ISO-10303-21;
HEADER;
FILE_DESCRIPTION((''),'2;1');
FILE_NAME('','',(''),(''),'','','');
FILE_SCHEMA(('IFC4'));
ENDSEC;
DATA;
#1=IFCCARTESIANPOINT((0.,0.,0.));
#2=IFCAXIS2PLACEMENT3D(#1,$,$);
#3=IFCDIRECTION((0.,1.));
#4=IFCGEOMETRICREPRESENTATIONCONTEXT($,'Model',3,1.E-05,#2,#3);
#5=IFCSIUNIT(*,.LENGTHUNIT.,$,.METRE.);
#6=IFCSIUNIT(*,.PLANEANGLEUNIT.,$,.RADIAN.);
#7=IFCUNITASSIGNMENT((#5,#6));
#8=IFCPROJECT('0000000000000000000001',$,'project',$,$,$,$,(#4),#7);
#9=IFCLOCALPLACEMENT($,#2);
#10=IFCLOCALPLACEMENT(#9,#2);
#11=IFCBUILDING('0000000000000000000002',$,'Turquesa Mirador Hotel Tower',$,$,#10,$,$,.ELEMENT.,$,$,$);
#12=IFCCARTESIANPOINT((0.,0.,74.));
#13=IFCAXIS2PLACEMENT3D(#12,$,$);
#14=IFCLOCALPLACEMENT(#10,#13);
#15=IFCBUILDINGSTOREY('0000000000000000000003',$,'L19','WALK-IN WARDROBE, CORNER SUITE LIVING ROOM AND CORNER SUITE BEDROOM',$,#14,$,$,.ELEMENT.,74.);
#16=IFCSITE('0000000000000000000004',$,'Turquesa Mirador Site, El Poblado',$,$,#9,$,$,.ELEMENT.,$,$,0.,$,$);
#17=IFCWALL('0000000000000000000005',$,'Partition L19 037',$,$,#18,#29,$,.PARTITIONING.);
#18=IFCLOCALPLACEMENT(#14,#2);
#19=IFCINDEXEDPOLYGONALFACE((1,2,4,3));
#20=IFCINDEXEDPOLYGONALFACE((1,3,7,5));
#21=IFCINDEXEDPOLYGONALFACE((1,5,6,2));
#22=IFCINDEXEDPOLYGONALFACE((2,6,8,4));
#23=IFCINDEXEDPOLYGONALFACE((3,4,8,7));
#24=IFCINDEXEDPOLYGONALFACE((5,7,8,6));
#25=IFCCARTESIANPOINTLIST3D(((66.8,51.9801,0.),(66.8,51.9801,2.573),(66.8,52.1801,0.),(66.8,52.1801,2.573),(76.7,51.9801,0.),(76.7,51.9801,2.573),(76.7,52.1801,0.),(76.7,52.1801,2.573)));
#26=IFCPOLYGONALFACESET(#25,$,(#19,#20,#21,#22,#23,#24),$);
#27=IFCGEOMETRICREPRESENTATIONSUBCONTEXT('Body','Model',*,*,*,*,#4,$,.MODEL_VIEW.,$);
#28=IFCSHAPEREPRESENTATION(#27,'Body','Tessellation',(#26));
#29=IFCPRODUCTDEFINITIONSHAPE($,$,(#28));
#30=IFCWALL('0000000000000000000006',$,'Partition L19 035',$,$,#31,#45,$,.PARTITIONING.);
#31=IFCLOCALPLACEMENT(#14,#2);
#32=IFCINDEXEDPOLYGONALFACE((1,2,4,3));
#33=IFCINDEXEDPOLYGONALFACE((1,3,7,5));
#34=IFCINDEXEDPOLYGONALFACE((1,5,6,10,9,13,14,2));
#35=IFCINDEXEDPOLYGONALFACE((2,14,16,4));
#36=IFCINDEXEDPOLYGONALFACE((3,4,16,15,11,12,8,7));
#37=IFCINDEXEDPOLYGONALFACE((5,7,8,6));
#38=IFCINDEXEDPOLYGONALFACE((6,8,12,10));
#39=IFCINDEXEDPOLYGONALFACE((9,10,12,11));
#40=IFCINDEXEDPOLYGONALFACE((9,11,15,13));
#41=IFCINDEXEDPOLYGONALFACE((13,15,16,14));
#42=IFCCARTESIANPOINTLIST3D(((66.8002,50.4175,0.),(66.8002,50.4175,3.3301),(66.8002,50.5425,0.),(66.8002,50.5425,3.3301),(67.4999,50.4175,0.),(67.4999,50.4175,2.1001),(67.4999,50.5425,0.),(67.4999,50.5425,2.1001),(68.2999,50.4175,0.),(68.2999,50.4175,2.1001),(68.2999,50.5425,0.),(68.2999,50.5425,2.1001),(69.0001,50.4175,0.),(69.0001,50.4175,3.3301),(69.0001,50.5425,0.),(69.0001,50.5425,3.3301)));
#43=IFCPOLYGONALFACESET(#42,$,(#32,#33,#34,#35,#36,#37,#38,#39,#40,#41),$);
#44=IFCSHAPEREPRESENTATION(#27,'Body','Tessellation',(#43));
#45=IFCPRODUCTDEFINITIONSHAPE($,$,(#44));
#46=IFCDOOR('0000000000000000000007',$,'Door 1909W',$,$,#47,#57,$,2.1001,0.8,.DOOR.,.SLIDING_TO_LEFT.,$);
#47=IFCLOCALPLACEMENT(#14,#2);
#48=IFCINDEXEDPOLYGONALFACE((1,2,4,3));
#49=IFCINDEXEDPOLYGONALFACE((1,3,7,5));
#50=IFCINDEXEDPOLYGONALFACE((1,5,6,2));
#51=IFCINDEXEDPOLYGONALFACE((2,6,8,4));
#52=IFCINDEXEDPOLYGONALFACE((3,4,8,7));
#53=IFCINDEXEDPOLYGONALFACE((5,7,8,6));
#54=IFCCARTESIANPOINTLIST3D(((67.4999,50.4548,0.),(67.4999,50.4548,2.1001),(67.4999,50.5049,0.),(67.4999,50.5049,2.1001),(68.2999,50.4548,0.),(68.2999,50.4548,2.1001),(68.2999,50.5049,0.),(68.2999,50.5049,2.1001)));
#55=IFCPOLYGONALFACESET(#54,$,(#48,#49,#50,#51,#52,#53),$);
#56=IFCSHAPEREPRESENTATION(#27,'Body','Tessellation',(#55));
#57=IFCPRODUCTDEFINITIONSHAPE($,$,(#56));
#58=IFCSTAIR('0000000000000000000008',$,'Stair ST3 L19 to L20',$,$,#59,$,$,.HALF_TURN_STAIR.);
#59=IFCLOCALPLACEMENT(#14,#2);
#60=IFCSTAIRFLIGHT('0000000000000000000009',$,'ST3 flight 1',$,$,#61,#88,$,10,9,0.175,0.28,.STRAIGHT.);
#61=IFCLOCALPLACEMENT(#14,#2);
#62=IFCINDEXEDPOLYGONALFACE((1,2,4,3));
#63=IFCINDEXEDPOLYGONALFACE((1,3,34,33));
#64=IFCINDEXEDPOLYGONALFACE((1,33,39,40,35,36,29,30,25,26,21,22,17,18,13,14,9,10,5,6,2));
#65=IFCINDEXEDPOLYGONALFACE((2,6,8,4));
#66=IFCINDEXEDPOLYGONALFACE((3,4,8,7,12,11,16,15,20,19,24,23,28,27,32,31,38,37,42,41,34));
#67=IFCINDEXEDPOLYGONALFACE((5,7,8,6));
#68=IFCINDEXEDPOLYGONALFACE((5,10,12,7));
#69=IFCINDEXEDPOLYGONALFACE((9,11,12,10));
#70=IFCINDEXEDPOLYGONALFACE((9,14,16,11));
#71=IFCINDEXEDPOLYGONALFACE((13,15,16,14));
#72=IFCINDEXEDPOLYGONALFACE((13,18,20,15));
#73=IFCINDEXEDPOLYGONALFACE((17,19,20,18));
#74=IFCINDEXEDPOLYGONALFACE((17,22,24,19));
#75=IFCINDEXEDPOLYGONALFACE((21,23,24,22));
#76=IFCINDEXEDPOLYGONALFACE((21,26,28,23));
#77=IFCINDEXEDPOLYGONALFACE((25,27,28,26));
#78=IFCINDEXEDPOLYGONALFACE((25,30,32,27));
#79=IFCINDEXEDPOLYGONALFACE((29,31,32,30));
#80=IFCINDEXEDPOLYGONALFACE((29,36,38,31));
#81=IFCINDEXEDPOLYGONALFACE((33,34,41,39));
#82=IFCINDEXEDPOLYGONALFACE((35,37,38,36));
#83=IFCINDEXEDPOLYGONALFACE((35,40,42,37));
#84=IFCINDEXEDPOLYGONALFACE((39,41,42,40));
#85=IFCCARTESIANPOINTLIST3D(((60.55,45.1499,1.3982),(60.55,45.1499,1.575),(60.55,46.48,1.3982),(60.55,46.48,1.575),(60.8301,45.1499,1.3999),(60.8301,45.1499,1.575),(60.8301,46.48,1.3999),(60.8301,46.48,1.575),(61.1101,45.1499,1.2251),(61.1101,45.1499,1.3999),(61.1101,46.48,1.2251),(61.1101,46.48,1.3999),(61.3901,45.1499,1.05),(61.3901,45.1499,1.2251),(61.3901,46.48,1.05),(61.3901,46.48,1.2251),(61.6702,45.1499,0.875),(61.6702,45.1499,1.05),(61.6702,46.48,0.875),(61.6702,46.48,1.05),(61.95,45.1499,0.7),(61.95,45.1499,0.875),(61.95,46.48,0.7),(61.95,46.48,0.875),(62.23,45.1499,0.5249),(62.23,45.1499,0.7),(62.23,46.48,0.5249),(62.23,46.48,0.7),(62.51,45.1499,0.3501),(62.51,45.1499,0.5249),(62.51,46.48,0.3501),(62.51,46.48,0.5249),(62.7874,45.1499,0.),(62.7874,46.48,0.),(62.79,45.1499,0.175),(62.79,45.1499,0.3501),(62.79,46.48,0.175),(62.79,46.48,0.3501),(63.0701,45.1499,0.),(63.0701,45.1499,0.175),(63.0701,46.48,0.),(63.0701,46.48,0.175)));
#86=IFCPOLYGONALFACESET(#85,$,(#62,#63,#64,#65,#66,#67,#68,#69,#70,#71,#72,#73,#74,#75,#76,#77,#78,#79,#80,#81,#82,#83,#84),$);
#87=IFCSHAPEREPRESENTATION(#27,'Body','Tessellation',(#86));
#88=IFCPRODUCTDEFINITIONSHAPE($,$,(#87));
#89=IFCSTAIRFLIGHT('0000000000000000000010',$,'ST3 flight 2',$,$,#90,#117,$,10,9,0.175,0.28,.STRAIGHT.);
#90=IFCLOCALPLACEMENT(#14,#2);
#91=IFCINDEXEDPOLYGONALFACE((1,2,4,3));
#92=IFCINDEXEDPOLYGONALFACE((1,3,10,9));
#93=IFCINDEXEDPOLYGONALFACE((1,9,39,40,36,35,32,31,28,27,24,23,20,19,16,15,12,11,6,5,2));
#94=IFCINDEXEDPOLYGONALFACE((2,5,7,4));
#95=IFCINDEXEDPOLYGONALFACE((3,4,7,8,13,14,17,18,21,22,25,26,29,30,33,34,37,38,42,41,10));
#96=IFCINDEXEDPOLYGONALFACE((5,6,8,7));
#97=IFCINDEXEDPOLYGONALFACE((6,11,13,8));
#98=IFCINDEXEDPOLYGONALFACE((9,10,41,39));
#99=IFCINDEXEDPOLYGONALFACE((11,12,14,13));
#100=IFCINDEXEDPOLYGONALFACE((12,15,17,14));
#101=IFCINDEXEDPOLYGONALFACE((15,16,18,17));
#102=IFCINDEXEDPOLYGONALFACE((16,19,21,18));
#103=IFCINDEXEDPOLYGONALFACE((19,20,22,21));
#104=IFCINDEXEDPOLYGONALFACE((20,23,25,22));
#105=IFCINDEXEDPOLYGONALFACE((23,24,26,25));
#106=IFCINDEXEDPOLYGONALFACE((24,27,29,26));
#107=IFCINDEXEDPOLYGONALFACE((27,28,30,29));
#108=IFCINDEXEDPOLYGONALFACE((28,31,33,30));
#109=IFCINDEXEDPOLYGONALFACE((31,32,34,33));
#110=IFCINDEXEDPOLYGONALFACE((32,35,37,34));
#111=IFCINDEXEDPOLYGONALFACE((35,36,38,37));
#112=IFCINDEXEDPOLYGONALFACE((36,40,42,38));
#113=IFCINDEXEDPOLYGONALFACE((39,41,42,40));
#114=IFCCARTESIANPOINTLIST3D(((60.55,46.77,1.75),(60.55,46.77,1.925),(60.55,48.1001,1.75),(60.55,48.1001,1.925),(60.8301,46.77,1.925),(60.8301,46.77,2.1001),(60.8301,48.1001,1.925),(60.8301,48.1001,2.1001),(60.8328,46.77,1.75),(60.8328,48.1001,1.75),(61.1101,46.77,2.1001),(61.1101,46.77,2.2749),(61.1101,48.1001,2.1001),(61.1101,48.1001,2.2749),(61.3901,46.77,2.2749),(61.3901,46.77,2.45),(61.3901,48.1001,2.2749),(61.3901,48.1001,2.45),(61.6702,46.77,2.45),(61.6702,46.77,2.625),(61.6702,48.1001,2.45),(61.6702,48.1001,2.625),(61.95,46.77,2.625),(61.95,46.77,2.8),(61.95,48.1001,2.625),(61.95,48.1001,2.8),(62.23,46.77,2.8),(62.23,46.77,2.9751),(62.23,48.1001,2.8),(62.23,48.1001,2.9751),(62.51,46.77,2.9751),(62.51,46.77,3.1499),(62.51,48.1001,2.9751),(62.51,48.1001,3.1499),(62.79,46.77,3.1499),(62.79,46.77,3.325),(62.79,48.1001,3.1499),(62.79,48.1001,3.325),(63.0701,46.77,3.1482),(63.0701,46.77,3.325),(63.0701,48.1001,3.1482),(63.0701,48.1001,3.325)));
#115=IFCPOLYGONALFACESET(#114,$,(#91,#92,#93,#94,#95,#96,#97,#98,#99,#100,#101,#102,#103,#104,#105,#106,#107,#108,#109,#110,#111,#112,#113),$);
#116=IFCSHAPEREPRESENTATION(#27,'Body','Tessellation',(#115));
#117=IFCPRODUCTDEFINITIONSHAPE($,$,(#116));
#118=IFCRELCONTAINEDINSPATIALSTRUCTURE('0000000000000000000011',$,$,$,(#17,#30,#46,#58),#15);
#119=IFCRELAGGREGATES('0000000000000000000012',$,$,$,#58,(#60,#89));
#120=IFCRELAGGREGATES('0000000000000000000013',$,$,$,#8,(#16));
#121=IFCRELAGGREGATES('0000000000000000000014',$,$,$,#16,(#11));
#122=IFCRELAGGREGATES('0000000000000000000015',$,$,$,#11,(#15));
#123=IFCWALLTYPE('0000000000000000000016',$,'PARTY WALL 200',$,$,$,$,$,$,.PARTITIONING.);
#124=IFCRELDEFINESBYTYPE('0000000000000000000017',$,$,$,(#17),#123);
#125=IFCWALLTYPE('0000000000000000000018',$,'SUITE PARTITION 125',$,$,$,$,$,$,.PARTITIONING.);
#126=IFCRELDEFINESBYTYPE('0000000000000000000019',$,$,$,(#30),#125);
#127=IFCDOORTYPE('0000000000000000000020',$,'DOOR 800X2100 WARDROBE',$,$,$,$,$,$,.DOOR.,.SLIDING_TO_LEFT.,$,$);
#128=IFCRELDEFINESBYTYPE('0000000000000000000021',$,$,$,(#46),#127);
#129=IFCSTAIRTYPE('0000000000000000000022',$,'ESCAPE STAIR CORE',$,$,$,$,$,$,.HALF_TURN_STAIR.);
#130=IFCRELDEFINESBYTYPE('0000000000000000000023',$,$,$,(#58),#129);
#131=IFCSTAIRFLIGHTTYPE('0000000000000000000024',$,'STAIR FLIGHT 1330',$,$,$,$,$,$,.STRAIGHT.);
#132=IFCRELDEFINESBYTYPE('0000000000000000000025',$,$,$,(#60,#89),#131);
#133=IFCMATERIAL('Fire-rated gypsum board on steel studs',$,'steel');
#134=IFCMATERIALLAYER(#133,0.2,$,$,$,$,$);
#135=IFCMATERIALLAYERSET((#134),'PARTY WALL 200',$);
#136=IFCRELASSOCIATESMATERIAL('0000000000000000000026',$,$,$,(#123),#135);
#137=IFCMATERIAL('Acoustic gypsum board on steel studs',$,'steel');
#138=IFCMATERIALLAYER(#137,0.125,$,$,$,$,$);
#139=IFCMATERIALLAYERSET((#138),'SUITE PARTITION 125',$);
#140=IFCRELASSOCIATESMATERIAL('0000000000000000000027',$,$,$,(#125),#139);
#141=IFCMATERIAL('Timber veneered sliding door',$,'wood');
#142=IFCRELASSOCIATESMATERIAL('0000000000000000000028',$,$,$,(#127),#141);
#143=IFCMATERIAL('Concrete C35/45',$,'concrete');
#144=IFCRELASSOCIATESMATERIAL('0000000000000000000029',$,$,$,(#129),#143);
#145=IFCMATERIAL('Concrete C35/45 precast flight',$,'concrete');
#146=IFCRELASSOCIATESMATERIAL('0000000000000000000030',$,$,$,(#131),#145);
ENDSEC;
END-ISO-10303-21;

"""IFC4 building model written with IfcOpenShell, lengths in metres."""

from ifc_helpers import new_model, si_unit, direction, frame, frame_2d, origin, place, context, subcontext, project, spatial, polyline, rectangle, outline, extrude, material, layer, layer_set, type_object, element, fill, aggregate, save


model = new_model("IFC4")

# Units and contexts
model_context = context("Model", 3, precision=1e-05, world=origin(), true_north=direction((0.0, 1.0)))
body_context = subcontext(model_context, "Body", "Model", "MODEL_VIEW")
ifc_project = project(units=[si_unit("LENGTHUNIT", "METRE"), si_unit("PLANEANGLEUNIT", "RADIAN")], contexts=[model_context])

# Site, building, storey
site_placement = place(None, origin())
site = spatial("IfcSite", under=ifc_project, at=site_placement, Name="Turquesa Mirador Site, El Poblado", CompositionType="ELEMENT", RefElevation=0.0)
building_placement = place(site_placement, origin())
building = spatial("IfcBuilding", under=site, at=building_placement, Name="Turquesa Mirador Hotel Tower", CompositionType="ELEMENT")
storey_placement = place(building_placement, frame((0.0, 0.0, 74.0)))
storey = spatial("IfcBuildingStorey", under=building, at=storey_placement, Name="L19", Description="WALK-IN WARDROBE, CORNER SUITE LIVING ROOM AND CORNER SUITE BEDROOM", CompositionType="ELEMENT", Elevation=74.0)

# Wall
ifc_material_1 = material(Name="Fire-rated gypsum board on steel studs", Category="steel")
ifc_layer_1 = layer(ifc_material_1, 0.2)
ifc_layer_set_1 = layer_set([ifc_layer_1], Name="PARTY WALL 200")
wall_type_1 = type_object("IfcWallType", Name="PARTY WALL 200", PredefinedType="PARTITIONING", material=ifc_layer_set_1)
wall_1_placement = place(storey_placement, frame((66.8, 52.0801, 0.0), z_axis=(0.0, 0.0, 1.0), x_axis=(1.0, 0.0, 0.0)))
element("IfcWall", 1, at=wall_1_placement, inside=storey, type_object=wall_type_1, Name="Partition L19 037", PredefinedType="PARTITIONING", context=body_context, shape_type="SweptSolid", body=[
    extrude(rectangle(XDim=9.8999, YDim=0.2, at=frame_2d((4.95, 0.0))), origin(), (0.0, 0.0, 1.0), 2.573),
])

# Wall, opening, door
ifc_material_2 = material(Name="Acoustic gypsum board on steel studs", Category="steel")
ifc_layer_2 = layer(ifc_material_2, 0.125)
ifc_layer_set_2 = layer_set([ifc_layer_2], Name="SUITE PARTITION 125")
wall_type_2 = type_object("IfcWallType", Name="SUITE PARTITION 125", PredefinedType="PARTITIONING", material=ifc_layer_set_2)
wall_2_placement = place(storey_placement, frame((66.8, 50.48, 0.0), z_axis=(0.0, 0.0, 1.0), x_axis=(1.0, 0.0, 0.0)))
wall_2 = element("IfcWall", 2, at=wall_2_placement, inside=storey, type_object=wall_type_2, Name="Partition L19 035", PredefinedType="PARTITIONING", context=body_context, shape_type="SweptSolid", body=[
    extrude(rectangle(XDim=2.2, YDim=0.125, at=frame_2d((1.1001, 0.0))), origin(), (0.0, 0.0, 1.0), 3.3301),
])
opening_1_placement = place(wall_2_placement, frame((0.7, 0.0, 0.0)))
opening_1 = element("IfcOpeningElement", 3, at=opening_1_placement, cuts=wall_2, PredefinedType="OPENING", context=body_context, shape_type="SweptSolid", body=[
    extrude(rectangle(XDim=0.8, YDim=2.1001, at=frame_2d((0.3999, 1.05))), frame((0.0, 0.0725, 0.0), z_axis=(0.0, -1.0, 0.0), x_axis=(1.0, 0.0, 0.0)), (0.0, 0.0, 1.0), 0.145),
])
ifc_material_3 = material(Name="Timber veneered sliding door", Category="wood")
door_type_1 = type_object("IfcDoorType", Name="DOOR 800X2100 WARDROBE", OperationType="SLIDING_TO_LEFT", PredefinedType="DOOR", material=ifc_material_3)
door_1_placement = place(opening_1_placement, origin())
door_1 = element("IfcDoor", 4, at=door_1_placement, inside=storey, type_object=door_type_1, Name="Door 1909W", OperationType="SLIDING_TO_LEFT", OverallHeight=2.1001, OverallWidth=0.8, PredefinedType="DOOR", context=body_context, shape_type="SweptSolid", body=[
    extrude(rectangle(XDim=0.8, YDim=2.1001, at=frame_2d((0.3999, 1.05))), frame((0.0, 0.0249, 0.0), z_axis=(0.0, -1.0, 0.0), x_axis=(1.0, 0.0, 0.0)), (0.0, 0.0, 1.0), 0.05),
])
fill(opening_1, door_1)

# Stair, stair flights
ifc_material_4 = material(Name="Concrete C35/45", Category="concrete")
stair_type = type_object("IfcStairType", Name="ESCAPE STAIR CORE", PredefinedType="HALF_TURN_STAIR", material=ifc_material_4)
stair_placement = place(storey_placement, origin())
stair = element("IfcStair", 5, at=stair_placement, inside=storey, type_object=stair_type, Name="Stair ST3 L19 to L20", PredefinedType="HALF_TURN_STAIR")
ifc_material_5 = material(Name="Concrete C35/45 precast flight", Category="concrete")
stair_flight_type = type_object("IfcStairFlightType", Name="STAIR FLIGHT 1330", PredefinedType="STRAIGHT", material=ifc_material_5)
stair_flight_1_placement = place(storey_placement, frame((63.0701, 45.8149, 0.0), z_axis=(0.0, 0.0, 1.0), x_axis=(-1.0, 0.0, 0.0)))
stair_flight_1 = element("IfcStairFlight", 6, at=stair_flight_1_placement, type_object=stair_flight_type, Name="ST3 flight 1", NumberOfRisers=10, NumberOfTreads=9, PredefinedType="STRAIGHT", RiserHeight=0.175, TreadLength=0.28, context=body_context, shape_type="SweptSolid", body=[
    extrude(outline(polyline([(0.0, 0.0), (0.0, 0.175), (0.28, 0.175), (0.28, 0.3501), (0.5601, 0.3501), (0.5601, 0.5249), (0.8401, 0.5249), (0.8401, 0.7), (1.1201, 0.7), (1.1201, 0.875), (1.3999, 0.875), (1.3999, 1.05), (1.6799, 1.05), (1.6799, 1.2251), (1.96, 1.2251), (1.96, 1.3999), (2.24, 1.3999), (2.24, 1.575), (2.52, 1.575), (2.52, 1.75), (2.52, 1.3982), (0.2827, 0.0), (0.0, 0.0)])), frame((0.0, 0.665, 0.0), z_axis=(0.0, -1.0, 0.0), x_axis=(1.0, 0.0, 0.0)), (0.0, 0.0, 1.0), 1.3301),
])
stair_flight_2_placement = place(storey_placement, frame((60.55, 47.4351, 1.75), z_axis=(0.0, 0.0, 1.0), x_axis=(1.0, 0.0, 0.0)))
stair_flight_2 = element("IfcStairFlight", 7, at=stair_flight_2_placement, type_object=stair_flight_type, Name="ST3 flight 2", NumberOfRisers=10, NumberOfTreads=9, PredefinedType="STRAIGHT", RiserHeight=0.175, TreadLength=0.28, context=body_context, shape_type="SweptSolid", body=[
    extrude(outline(polyline([(0.0, 0.0), (0.0, 0.175), (0.28, 0.175), (0.28, 0.3501), (0.5601, 0.3501), (0.5601, 0.5249), (0.8401, 0.5249), (0.8401, 0.7), (1.1201, 0.7), (1.1201, 0.875), (1.3999, 0.875), (1.3999, 1.05), (1.6799, 1.05), (1.6799, 1.2251), (1.96, 1.2251), (1.96, 1.3999), (2.24, 1.3999), (2.24, 1.575), (2.52, 1.575), (2.52, 1.75), (2.52, 1.3982), (0.2827, 0.0), (0.0, 0.0)])), frame((0.0, 0.665, 0.0), z_axis=(0.0, -1.0, 0.0), x_axis=(1.0, 0.0, 0.0)), (0.0, 0.0, 1.0), 1.3301),
])
aggregate(stair, [stair_flight_1, stair_flight_2])

save(model, "model.ifc")
